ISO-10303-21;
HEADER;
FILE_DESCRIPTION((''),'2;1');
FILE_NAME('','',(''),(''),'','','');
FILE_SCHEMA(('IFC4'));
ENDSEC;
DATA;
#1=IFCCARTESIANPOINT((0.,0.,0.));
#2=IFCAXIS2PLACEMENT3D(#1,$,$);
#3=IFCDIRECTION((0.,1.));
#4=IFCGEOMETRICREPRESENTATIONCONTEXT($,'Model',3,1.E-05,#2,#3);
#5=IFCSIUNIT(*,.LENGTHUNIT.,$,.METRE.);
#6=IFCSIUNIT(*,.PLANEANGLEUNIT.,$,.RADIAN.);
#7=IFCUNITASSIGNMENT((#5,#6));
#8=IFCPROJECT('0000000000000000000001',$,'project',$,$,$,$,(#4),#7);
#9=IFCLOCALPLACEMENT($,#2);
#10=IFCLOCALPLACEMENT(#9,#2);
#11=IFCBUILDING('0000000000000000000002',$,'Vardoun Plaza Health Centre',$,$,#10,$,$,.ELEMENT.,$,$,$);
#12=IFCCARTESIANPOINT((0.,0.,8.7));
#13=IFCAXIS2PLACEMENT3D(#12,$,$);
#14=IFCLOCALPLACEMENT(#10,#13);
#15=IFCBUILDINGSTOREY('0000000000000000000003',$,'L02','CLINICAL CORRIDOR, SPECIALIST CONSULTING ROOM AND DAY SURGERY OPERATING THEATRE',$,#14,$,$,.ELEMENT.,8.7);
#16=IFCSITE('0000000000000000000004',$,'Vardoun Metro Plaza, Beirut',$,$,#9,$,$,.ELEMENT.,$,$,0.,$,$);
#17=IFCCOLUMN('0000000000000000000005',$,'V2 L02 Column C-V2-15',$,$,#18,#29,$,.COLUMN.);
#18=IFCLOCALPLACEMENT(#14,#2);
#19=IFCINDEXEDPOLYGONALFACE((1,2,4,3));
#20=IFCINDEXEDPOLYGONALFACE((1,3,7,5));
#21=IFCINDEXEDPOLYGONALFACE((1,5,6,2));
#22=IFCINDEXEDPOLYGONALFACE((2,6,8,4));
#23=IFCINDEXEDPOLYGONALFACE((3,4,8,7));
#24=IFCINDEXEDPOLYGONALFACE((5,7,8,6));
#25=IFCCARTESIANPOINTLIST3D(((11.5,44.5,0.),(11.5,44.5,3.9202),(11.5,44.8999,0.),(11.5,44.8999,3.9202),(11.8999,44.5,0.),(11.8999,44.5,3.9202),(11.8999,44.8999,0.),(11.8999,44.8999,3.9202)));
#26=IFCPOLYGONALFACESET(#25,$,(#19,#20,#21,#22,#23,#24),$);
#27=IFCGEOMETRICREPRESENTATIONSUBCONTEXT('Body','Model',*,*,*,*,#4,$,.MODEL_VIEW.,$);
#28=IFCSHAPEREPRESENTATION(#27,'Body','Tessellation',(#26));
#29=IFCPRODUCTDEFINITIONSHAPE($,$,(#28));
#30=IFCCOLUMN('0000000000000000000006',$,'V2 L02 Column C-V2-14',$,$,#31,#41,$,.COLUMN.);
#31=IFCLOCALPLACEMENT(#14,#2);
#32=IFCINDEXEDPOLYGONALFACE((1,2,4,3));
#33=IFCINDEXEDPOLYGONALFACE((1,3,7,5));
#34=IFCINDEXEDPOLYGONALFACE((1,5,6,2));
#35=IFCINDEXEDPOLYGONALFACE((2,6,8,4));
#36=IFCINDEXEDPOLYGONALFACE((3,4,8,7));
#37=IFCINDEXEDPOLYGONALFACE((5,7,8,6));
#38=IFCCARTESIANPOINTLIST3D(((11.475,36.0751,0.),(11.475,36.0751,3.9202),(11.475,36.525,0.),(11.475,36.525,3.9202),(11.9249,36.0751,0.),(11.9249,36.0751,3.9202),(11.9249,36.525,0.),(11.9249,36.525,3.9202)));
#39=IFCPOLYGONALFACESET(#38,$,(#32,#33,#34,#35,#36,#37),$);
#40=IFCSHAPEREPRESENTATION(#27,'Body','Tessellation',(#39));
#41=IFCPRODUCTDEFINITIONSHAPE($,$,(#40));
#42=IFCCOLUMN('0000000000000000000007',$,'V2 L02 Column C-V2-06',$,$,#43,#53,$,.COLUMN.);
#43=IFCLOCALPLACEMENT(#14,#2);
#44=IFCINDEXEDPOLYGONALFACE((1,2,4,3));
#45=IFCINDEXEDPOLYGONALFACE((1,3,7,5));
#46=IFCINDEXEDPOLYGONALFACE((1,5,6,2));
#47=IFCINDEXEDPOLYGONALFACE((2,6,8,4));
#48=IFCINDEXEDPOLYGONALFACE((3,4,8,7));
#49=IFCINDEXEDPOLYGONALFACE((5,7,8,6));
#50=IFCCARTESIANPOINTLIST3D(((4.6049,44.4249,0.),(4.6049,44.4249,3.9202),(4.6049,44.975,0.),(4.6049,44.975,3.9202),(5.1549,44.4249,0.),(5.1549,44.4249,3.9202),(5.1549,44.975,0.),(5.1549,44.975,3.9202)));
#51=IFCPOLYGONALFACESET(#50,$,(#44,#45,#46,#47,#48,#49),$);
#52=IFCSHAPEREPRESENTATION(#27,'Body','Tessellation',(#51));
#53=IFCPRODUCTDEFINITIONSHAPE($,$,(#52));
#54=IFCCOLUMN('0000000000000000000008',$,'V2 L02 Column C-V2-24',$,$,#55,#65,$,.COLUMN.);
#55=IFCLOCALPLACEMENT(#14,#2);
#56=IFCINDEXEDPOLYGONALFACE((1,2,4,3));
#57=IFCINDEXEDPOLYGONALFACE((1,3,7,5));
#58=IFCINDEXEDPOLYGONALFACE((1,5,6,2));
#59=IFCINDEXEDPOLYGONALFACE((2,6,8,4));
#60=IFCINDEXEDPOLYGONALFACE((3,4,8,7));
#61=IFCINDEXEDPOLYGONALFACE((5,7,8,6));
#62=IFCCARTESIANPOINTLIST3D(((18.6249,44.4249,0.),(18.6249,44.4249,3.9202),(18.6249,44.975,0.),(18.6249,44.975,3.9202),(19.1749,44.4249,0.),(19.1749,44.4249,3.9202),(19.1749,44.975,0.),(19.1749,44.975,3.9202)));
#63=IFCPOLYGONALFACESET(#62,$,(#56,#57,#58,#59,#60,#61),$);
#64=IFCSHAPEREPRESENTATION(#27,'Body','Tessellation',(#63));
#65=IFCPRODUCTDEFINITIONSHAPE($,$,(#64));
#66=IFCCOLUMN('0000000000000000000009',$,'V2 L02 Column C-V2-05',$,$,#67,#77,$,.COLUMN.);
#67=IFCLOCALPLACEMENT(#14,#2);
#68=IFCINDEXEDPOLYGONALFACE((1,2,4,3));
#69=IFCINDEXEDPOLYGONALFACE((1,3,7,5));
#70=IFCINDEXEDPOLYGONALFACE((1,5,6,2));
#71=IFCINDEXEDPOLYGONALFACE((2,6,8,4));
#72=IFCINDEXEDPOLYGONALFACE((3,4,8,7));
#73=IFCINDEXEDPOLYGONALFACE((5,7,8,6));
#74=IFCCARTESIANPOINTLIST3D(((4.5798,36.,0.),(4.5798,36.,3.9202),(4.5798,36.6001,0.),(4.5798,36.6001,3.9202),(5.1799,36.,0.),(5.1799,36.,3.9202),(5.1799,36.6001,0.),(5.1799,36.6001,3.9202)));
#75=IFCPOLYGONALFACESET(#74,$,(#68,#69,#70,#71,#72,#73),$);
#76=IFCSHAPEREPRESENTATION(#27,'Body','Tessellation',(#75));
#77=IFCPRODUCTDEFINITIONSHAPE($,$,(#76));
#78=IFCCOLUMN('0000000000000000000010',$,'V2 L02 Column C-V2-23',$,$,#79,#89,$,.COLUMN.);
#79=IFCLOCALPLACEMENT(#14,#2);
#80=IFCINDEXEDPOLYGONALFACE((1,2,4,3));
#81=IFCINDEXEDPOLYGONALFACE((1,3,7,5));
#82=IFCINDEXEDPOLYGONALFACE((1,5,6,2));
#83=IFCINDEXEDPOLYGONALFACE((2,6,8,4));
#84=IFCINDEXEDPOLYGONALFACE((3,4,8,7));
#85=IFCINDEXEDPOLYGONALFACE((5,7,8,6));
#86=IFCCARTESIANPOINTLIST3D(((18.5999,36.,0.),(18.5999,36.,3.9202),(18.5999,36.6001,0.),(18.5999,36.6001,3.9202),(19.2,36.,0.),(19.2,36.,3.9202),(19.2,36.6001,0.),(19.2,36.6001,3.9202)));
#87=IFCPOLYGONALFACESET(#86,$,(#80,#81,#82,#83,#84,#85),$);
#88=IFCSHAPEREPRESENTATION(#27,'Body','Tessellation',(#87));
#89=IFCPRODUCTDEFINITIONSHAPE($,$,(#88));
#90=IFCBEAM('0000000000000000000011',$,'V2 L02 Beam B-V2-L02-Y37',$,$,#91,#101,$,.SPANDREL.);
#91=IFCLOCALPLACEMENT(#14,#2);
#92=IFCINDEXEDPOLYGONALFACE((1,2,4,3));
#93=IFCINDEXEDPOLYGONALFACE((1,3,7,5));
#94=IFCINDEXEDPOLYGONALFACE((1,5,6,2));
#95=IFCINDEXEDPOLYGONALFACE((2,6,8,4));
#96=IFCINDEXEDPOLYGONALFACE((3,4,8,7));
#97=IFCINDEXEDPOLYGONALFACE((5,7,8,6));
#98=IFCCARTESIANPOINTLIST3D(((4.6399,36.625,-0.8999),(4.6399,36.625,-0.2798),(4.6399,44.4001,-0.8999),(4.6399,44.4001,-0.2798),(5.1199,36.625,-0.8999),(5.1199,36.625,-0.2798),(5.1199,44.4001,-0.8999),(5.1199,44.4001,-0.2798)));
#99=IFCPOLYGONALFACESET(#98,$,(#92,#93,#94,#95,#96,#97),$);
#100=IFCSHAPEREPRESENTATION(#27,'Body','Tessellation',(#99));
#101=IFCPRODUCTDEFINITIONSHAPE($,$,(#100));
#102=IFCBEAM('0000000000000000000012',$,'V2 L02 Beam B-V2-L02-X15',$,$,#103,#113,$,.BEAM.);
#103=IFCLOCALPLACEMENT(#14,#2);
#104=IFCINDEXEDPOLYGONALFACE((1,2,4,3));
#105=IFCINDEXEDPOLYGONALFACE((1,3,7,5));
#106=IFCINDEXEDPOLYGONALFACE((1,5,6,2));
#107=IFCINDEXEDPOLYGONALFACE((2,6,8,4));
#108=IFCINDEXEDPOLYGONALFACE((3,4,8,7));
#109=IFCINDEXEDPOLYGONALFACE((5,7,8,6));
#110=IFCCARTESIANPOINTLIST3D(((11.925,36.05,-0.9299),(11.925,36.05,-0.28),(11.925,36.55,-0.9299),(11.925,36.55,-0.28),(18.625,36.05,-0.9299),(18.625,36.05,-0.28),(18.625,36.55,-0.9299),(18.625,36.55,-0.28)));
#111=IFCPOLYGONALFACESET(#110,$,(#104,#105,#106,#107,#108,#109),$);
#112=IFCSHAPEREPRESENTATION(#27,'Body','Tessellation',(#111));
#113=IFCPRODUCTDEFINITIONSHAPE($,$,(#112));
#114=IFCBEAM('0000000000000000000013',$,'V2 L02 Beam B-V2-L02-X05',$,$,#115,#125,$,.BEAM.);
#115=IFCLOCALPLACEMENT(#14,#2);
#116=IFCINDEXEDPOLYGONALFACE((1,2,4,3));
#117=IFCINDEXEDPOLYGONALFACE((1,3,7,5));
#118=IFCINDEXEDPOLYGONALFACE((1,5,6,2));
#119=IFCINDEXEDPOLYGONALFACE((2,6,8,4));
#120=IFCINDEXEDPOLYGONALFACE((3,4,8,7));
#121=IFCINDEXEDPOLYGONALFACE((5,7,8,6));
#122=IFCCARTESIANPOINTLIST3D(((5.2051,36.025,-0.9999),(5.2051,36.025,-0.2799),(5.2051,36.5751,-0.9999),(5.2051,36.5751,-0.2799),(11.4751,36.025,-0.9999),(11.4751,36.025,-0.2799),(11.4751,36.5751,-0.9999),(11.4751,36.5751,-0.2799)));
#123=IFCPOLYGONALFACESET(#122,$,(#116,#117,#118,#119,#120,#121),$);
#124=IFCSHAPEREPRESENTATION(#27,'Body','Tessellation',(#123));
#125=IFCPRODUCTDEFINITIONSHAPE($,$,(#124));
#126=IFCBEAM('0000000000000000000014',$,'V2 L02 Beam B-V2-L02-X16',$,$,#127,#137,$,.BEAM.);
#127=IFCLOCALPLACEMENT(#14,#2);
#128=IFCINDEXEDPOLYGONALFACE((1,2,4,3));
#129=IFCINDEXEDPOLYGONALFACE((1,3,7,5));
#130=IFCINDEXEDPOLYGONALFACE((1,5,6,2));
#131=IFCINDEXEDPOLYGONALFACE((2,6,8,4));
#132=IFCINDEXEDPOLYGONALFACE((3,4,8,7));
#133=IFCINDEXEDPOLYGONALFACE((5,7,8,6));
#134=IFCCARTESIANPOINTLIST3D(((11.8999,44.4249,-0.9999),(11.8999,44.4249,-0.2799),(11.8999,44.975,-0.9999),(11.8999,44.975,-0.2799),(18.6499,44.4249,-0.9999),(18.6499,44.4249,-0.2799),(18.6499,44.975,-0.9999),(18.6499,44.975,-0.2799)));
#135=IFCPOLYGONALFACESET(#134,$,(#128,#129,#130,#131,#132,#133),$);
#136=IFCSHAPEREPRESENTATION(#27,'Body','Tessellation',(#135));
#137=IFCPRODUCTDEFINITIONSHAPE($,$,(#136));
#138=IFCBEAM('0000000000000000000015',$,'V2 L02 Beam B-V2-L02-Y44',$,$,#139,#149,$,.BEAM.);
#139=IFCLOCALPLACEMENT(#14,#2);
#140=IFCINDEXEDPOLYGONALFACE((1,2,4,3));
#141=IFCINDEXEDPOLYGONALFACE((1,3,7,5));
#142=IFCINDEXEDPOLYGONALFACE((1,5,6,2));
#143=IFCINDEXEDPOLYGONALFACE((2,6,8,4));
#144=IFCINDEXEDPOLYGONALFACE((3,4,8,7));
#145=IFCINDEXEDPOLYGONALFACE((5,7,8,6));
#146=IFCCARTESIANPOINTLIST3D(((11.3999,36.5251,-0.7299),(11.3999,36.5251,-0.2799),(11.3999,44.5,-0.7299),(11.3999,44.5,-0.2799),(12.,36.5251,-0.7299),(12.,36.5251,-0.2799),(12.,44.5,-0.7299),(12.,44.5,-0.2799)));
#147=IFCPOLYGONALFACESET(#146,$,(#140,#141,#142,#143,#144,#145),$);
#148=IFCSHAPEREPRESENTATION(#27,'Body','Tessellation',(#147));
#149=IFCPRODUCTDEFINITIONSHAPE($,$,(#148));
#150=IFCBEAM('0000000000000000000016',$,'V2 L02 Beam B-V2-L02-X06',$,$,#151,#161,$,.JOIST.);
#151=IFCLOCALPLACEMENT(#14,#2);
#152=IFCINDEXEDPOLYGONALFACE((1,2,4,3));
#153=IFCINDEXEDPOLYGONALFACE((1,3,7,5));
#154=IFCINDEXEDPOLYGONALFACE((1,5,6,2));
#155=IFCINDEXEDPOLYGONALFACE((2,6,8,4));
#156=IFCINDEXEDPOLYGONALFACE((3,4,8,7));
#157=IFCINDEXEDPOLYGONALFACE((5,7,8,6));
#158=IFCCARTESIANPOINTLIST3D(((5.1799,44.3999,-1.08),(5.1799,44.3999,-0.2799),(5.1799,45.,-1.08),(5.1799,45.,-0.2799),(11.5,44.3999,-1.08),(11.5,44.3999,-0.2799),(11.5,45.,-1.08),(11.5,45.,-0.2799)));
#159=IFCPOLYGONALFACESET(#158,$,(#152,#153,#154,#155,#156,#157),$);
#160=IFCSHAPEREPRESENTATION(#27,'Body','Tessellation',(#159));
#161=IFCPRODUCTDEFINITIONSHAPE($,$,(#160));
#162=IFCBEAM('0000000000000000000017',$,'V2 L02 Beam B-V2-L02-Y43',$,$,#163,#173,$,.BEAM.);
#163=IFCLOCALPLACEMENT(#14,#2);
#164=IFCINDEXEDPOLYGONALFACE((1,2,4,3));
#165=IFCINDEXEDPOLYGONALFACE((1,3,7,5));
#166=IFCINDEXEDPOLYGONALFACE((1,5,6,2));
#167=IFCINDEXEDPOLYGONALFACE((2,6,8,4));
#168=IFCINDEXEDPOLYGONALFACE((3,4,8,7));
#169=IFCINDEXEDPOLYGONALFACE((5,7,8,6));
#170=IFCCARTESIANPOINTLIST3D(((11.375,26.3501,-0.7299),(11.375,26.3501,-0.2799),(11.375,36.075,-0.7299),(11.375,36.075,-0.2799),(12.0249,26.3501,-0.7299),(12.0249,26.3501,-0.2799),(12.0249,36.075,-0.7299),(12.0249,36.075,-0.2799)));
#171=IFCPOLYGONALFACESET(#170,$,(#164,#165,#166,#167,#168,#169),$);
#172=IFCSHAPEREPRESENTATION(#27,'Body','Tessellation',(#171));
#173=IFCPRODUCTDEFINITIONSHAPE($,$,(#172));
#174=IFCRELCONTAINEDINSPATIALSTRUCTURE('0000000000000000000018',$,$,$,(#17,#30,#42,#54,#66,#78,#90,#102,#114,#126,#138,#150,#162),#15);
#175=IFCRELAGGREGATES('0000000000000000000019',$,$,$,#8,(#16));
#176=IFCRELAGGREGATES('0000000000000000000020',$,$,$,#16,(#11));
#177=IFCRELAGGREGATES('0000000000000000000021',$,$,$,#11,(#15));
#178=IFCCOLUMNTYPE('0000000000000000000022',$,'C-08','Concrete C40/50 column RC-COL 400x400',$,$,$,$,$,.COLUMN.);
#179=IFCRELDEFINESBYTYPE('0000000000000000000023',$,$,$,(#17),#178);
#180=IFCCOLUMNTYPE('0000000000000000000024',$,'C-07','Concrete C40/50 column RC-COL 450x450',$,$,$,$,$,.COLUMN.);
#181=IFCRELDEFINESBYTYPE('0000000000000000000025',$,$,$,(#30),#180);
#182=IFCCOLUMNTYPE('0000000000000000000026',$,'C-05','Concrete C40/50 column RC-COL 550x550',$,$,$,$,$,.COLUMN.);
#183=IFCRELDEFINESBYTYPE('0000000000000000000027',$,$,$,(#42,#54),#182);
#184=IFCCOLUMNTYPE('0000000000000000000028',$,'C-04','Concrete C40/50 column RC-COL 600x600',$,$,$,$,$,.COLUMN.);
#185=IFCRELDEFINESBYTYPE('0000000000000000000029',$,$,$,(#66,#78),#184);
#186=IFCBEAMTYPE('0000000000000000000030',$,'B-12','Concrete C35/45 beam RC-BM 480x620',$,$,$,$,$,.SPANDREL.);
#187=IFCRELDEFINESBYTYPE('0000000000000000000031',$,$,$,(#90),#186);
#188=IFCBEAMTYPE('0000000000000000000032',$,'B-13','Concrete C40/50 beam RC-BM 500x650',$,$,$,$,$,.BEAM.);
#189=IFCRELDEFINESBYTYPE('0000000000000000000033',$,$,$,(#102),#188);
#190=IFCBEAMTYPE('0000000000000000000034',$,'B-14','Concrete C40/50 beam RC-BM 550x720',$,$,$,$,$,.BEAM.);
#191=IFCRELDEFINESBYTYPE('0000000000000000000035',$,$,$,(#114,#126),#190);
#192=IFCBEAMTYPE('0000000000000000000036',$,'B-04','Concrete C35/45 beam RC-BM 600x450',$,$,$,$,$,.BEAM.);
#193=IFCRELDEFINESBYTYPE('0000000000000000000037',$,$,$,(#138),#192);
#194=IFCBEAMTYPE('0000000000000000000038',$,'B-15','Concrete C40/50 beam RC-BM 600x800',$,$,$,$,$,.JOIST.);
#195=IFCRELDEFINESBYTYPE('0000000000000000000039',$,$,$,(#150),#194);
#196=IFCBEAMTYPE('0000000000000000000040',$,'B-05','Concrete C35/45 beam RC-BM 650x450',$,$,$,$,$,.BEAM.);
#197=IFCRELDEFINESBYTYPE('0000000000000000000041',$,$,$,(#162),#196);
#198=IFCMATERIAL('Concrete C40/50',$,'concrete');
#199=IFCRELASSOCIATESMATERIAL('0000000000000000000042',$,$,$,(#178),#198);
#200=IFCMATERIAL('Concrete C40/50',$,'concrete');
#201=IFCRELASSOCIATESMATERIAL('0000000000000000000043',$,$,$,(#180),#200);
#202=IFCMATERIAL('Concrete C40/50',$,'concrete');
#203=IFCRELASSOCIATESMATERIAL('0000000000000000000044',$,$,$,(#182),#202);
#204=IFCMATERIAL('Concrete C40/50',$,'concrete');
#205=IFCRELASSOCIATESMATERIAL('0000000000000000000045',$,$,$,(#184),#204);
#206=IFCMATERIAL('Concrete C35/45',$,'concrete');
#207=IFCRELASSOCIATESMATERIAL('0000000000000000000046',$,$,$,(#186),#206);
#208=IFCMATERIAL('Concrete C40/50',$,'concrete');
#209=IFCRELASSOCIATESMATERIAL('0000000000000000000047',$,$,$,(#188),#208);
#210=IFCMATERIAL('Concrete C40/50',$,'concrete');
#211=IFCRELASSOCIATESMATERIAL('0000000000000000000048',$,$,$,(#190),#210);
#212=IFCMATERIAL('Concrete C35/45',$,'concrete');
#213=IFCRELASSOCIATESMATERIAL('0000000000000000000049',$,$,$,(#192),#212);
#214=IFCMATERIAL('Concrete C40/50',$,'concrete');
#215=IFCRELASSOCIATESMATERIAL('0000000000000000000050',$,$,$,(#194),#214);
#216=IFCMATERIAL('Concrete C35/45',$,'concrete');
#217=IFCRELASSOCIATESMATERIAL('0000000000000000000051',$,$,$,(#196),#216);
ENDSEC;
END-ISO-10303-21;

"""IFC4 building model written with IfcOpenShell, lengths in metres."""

from ifc_helpers import new_model, si_unit, direction, frame, origin, origin_2d, place, context, subcontext, project, spatial, rectangle, extrude, material, material_profile, profile_set, type_object, element, save


model = new_model("IFC4")

# Units and contexts
model_context = context("Model", 3, precision=1e-05, world=origin(), true_north=direction((0.0, 1.0)))
body_context = subcontext(model_context, "Body", "Model", "MODEL_VIEW")
ifc_project = project(units=[si_unit("LENGTHUNIT", "METRE"), si_unit("PLANEANGLEUNIT", "RADIAN")], contexts=[model_context])

# Site, building, storey
site_placement = place(None, origin())
site = spatial("IfcSite", under=ifc_project, at=site_placement, Name="Vardoun Metro Plaza, Beirut", CompositionType="ELEMENT", RefElevation=0.0)
building_placement = place(site_placement, origin())
building = spatial("IfcBuilding", under=site, at=building_placement, Name="Vardoun Plaza Health Centre", CompositionType="ELEMENT")
storey_placement = place(building_placement, frame((0.0, 0.0, 8.7)))
storey = spatial("IfcBuildingStorey", under=building, at=storey_placement, Name="L02", Description="CLINICAL CORRIDOR, SPECIALIST CONSULTING ROOM AND DAY SURGERY OPERATING THEATRE", CompositionType="ELEMENT", Elevation=8.7)

# Columns
ifc_material_1 = material(Name="Concrete C40/50", Category="concrete")
ifc_material_profile_1 = material_profile(ifc_material_1, rectangle(XDim=0.3999, YDim=0.3999, at=origin_2d()), Name="RC-COL 400x400")
ifc_profile_set_1 = profile_set([ifc_material_profile_1], Name="Concrete C40/50")
column_type_1 = type_object("IfcColumnType", Name="C-08", Description="Concrete C40/50 column RC-COL 400x400", PredefinedType="COLUMN", material=ifc_profile_set_1)
column_1_placement = place(storey_placement, frame((11.7, 44.7, 0.0), z_axis=(0.0, 0.0, 1.0), x_axis=(1.0, 0.0, 0.0)))
element("IfcColumn", 1, at=column_1_placement, inside=storey, type_object=column_type_1, Name="V2 L02 Column C-V2-15", PredefinedType="COLUMN", context=body_context, shape_type="SweptSolid", body=[
    extrude(rectangle(XDim=0.3999, YDim=0.3999, at=origin_2d()), origin(), (0.0, 0.0, 1.0), 3.9202),
])
ifc_material_2 = material(Name="Concrete C40/50", Category="concrete")
ifc_material_profile_2 = material_profile(ifc_material_2, rectangle(XDim=0.45, YDim=0.45, at=origin_2d()), Name="RC-COL 450x450")
ifc_profile_set_2 = profile_set([ifc_material_profile_2], Name="Concrete C40/50")
column_type_2 = type_object("IfcColumnType", Name="C-07", Description="Concrete C40/50 column RC-COL 450x450", PredefinedType="COLUMN", material=ifc_profile_set_2)
column_2_placement = place(storey_placement, frame((11.7, 36.3, 0.0), z_axis=(0.0, 0.0, 1.0), x_axis=(1.0, 0.0, 0.0)))
element("IfcColumn", 2, at=column_2_placement, inside=storey, type_object=column_type_2, Name="V2 L02 Column C-V2-14", PredefinedType="COLUMN", context=body_context, shape_type="SweptSolid", body=[
    extrude(rectangle(XDim=0.45, YDim=0.45, at=origin_2d()), origin(), (0.0, 0.0, 1.0), 3.9202),
])
ifc_material_3 = material(Name="Concrete C40/50", Category="concrete")
ifc_material_profile_3 = material_profile(ifc_material_3, rectangle(XDim=0.55, YDim=0.55, at=origin_2d()), Name="RC-COL 550x550")
ifc_profile_set_3 = profile_set([ifc_material_profile_3], Name="Concrete C40/50")
column_type_3 = type_object("IfcColumnType", Name="C-05", Description="Concrete C40/50 column RC-COL 550x550", PredefinedType="COLUMN", material=ifc_profile_set_3)
for number, where, z_axis, x_axis, name in (
    (3, (4.8799, 44.7, 0.0), (0.0, 0.0, 1.0), (1.0, 0.0, 0.0), "V2 L02 Column C-V2-06"),
    (4, (18.8999, 44.7, 0.0), (0.0, 0.0, 1.0), (1.0, 0.0, 0.0), "V2 L02 Column C-V2-24"),
):
    element("IfcColumn", number, at=place(storey_placement, frame(where, z_axis=z_axis, x_axis=x_axis)), inside=storey, type_object=column_type_3, Name=name, PredefinedType="COLUMN", context=body_context, shape_type="SweptSolid", body=[
        extrude(rectangle(XDim=0.55, YDim=0.55, at=origin_2d()), origin(), (0.0, 0.0, 1.0), 3.9202),
    ])
ifc_material_4 = material(Name="Concrete C40/50", Category="concrete")
ifc_material_profile_4 = material_profile(ifc_material_4, rectangle(XDim=0.6001, YDim=0.6001, at=origin_2d()), Name="RC-COL 600x600")
ifc_profile_set_4 = profile_set([ifc_material_profile_4], Name="Concrete C40/50")
column_type_4 = type_object("IfcColumnType", Name="C-04", Description="Concrete C40/50 column RC-COL 600x600", PredefinedType="COLUMN", material=ifc_profile_set_4)
for number, where, z_axis, x_axis, name in (
    (5, (4.8799, 36.3, 0.0), (0.0, 0.0, 1.0), (1.0, 0.0, 0.0), "V2 L02 Column C-V2-05"),
    (6, (18.8999, 36.3, 0.0), (0.0, 0.0, 1.0), (1.0, 0.0, 0.0), "V2 L02 Column C-V2-23"),
):
    element("IfcColumn", number, at=place(storey_placement, frame(where, z_axis=z_axis, x_axis=x_axis)), inside=storey, type_object=column_type_4, Name=name, PredefinedType="COLUMN", context=body_context, shape_type="SweptSolid", body=[
        extrude(rectangle(XDim=0.6001, YDim=0.6001, at=origin_2d()), origin(), (0.0, 0.0, 1.0), 3.9202),
    ])

# Beams
ifc_material_5 = material(Name="Concrete C35/45", Category="concrete")
ifc_material_profile_5 = material_profile(ifc_material_5, rectangle(XDim=0.48, YDim=0.6201, at=origin_2d()), Name="RC-BM 480x620")
ifc_profile_set_5 = profile_set([ifc_material_profile_5], Name="Concrete C35/45")
beam_type_1 = type_object("IfcBeamType", Name="B-12", Description="Concrete C35/45 beam RC-BM 480x620", PredefinedType="SPANDREL", material=ifc_profile_set_5)
beam_1_placement = place(storey_placement, frame((4.8799, 36.625, -0.5898), z_axis=(0.0, 1.0, 0.0), x_axis=(-1.0, 0.0, 0.0)))
element("IfcBeam", 7, at=beam_1_placement, inside=storey, type_object=beam_type_1, Name="V2 L02 Beam B-V2-L02-Y37", PredefinedType="SPANDREL", context=body_context, shape_type="SweptSolid", body=[
    extrude(rectangle(XDim=0.48, YDim=0.6201, at=origin_2d()), origin(), (0.0, 0.0, 1.0), 7.7751),
])
ifc_material_6 = material(Name="Concrete C40/50", Category="concrete")
ifc_material_profile_6 = material_profile(ifc_material_6, rectangle(XDim=0.5, YDim=0.6499, at=origin_2d()), Name="RC-BM 500x650")
ifc_profile_set_6 = profile_set([ifc_material_profile_6], Name="Concrete C40/50")
beam_type_2 = type_object("IfcBeamType", Name="B-13", Description="Concrete C40/50 beam RC-BM 500x650", PredefinedType="BEAM", material=ifc_profile_set_6)
beam_2_placement = place(storey_placement, frame((11.925, 36.3, -0.605), z_axis=(1.0, 0.0, 0.0), x_axis=(0.0, 1.0, 0.0)))
element("IfcBeam", 8, at=beam_2_placement, inside=storey, type_object=beam_type_2, Name="V2 L02 Beam B-V2-L02-X15", PredefinedType="BEAM", context=body_context, shape_type="SweptSolid", body=[
    extrude(rectangle(XDim=0.5, YDim=0.6499, at=origin_2d()), origin(), (0.0, 0.0, 1.0), 6.7),
])
ifc_material_7 = material(Name="Concrete C40/50", Category="concrete")
ifc_material_profile_7 = material_profile(ifc_material_7, rectangle(XDim=0.55, YDim=0.72, at=origin_2d()), Name="RC-BM 550x720")
ifc_profile_set_7 = profile_set([ifc_material_profile_7], Name="Concrete C40/50")
beam_type_3 = type_object("IfcBeamType", Name="B-14", Description="Concrete C40/50 beam RC-BM 550x720", PredefinedType="BEAM", material=ifc_profile_set_7)
beam_3_placement = place(storey_placement, frame((5.2051, 36.3, -0.6399), z_axis=(1.0, 0.0, 0.0), x_axis=(0.0, 1.0, 0.0)))
element("IfcBeam", 9, at=beam_3_placement, inside=storey, type_object=beam_type_3, Name="V2 L02 Beam B-V2-L02-X05", PredefinedType="BEAM", context=body_context, shape_type="SweptSolid", body=[
    extrude(rectangle(XDim=0.55, YDim=0.72, at=origin_2d()), origin(), (0.0, 0.0, 1.0), 6.27),
])
beam_4_placement = place(storey_placement, frame((11.8999, 44.7, -0.6399), z_axis=(1.0, 0.0, 0.0), x_axis=(0.0, 1.0, 0.0)))
element("IfcBeam", 10, at=beam_4_placement, inside=storey, type_object=beam_type_3, Name="V2 L02 Beam B-V2-L02-X16", PredefinedType="BEAM", context=body_context, shape_type="SweptSolid", body=[
    extrude(rectangle(XDim=0.55, YDim=0.72, at=origin_2d()), origin(), (0.0, 0.0, 1.0), 6.75),
])
ifc_material_8 = material(Name="Concrete C35/45", Category="concrete")
ifc_material_profile_8 = material_profile(ifc_material_8, rectangle(XDim=0.6001, YDim=0.45, at=origin_2d()), Name="RC-BM 600x450")
ifc_profile_set_8 = profile_set([ifc_material_profile_8], Name="Concrete C35/45")
beam_type_4 = type_object("IfcBeamType", Name="B-04", Description="Concrete C35/45 beam RC-BM 600x450", PredefinedType="BEAM", material=ifc_profile_set_8)
beam_5_placement = place(storey_placement, frame((11.7, 36.5251, -0.5049), z_axis=(0.0, 1.0, 0.0), x_axis=(-1.0, 0.0, 0.0)))
element("IfcBeam", 11, at=beam_5_placement, inside=storey, type_object=beam_type_4, Name="V2 L02 Beam B-V2-L02-Y44", PredefinedType="BEAM", context=body_context, shape_type="SweptSolid", body=[
    extrude(rectangle(XDim=0.6001, YDim=0.45, at=origin_2d()), origin(), (0.0, 0.0, 1.0), 7.9749),
])
ifc_material_9 = material(Name="Concrete C40/50", Category="concrete")
ifc_material_profile_9 = material_profile(ifc_material_9, rectangle(XDim=0.6001, YDim=0.8, at=origin_2d()), Name="RC-BM 600x800")
ifc_profile_set_9 = profile_set([ifc_material_profile_9], Name="Concrete C40/50")
beam_type_5 = type_object("IfcBeamType", Name="B-15", Description="Concrete C40/50 beam RC-BM 600x800", PredefinedType="JOIST", material=ifc_profile_set_9)
beam_6_placement = place(storey_placement, frame((5.1799, 44.7, -0.6799), z_axis=(1.0, 0.0, 0.0), x_axis=(0.0, 1.0, 0.0)))
element("IfcBeam", 12, at=beam_6_placement, inside=storey, type_object=beam_type_5, Name="V2 L02 Beam B-V2-L02-X06", PredefinedType="JOIST", context=body_context, shape_type="SweptSolid", body=[
    extrude(rectangle(XDim=0.6001, YDim=0.8, at=origin_2d()), origin(), (0.0, 0.0, 1.0), 6.3201),
])
ifc_material_10 = material(Name="Concrete C35/45", Category="concrete")
ifc_material_profile_10 = material_profile(ifc_material_10, rectangle(XDim=0.6499, YDim=0.45, at=origin_2d()), Name="RC-BM 650x450")
ifc_profile_set_10 = profile_set([ifc_material_profile_10], Name="Concrete C35/45")
beam_type_6 = type_object("IfcBeamType", Name="B-05", Description="Concrete C35/45 beam RC-BM 650x450", PredefinedType="BEAM", material=ifc_profile_set_10)
beam_7_placement = place(storey_placement, frame((11.7, 26.3501, -0.5049), z_axis=(0.0, 1.0, 0.0), x_axis=(-1.0, 0.0, 0.0)))
element("IfcBeam", 13, at=beam_7_placement, inside=storey, type_object=beam_type_6, Name="V2 L02 Beam B-V2-L02-Y43", PredefinedType="BEAM", context=body_context, shape_type="SweptSolid", body=[
    extrude(rectangle(XDim=0.6499, YDim=0.45, at=origin_2d()), origin(), (0.0, 0.0, 1.0), 9.7249),
])

save(model, "model.ifc")
